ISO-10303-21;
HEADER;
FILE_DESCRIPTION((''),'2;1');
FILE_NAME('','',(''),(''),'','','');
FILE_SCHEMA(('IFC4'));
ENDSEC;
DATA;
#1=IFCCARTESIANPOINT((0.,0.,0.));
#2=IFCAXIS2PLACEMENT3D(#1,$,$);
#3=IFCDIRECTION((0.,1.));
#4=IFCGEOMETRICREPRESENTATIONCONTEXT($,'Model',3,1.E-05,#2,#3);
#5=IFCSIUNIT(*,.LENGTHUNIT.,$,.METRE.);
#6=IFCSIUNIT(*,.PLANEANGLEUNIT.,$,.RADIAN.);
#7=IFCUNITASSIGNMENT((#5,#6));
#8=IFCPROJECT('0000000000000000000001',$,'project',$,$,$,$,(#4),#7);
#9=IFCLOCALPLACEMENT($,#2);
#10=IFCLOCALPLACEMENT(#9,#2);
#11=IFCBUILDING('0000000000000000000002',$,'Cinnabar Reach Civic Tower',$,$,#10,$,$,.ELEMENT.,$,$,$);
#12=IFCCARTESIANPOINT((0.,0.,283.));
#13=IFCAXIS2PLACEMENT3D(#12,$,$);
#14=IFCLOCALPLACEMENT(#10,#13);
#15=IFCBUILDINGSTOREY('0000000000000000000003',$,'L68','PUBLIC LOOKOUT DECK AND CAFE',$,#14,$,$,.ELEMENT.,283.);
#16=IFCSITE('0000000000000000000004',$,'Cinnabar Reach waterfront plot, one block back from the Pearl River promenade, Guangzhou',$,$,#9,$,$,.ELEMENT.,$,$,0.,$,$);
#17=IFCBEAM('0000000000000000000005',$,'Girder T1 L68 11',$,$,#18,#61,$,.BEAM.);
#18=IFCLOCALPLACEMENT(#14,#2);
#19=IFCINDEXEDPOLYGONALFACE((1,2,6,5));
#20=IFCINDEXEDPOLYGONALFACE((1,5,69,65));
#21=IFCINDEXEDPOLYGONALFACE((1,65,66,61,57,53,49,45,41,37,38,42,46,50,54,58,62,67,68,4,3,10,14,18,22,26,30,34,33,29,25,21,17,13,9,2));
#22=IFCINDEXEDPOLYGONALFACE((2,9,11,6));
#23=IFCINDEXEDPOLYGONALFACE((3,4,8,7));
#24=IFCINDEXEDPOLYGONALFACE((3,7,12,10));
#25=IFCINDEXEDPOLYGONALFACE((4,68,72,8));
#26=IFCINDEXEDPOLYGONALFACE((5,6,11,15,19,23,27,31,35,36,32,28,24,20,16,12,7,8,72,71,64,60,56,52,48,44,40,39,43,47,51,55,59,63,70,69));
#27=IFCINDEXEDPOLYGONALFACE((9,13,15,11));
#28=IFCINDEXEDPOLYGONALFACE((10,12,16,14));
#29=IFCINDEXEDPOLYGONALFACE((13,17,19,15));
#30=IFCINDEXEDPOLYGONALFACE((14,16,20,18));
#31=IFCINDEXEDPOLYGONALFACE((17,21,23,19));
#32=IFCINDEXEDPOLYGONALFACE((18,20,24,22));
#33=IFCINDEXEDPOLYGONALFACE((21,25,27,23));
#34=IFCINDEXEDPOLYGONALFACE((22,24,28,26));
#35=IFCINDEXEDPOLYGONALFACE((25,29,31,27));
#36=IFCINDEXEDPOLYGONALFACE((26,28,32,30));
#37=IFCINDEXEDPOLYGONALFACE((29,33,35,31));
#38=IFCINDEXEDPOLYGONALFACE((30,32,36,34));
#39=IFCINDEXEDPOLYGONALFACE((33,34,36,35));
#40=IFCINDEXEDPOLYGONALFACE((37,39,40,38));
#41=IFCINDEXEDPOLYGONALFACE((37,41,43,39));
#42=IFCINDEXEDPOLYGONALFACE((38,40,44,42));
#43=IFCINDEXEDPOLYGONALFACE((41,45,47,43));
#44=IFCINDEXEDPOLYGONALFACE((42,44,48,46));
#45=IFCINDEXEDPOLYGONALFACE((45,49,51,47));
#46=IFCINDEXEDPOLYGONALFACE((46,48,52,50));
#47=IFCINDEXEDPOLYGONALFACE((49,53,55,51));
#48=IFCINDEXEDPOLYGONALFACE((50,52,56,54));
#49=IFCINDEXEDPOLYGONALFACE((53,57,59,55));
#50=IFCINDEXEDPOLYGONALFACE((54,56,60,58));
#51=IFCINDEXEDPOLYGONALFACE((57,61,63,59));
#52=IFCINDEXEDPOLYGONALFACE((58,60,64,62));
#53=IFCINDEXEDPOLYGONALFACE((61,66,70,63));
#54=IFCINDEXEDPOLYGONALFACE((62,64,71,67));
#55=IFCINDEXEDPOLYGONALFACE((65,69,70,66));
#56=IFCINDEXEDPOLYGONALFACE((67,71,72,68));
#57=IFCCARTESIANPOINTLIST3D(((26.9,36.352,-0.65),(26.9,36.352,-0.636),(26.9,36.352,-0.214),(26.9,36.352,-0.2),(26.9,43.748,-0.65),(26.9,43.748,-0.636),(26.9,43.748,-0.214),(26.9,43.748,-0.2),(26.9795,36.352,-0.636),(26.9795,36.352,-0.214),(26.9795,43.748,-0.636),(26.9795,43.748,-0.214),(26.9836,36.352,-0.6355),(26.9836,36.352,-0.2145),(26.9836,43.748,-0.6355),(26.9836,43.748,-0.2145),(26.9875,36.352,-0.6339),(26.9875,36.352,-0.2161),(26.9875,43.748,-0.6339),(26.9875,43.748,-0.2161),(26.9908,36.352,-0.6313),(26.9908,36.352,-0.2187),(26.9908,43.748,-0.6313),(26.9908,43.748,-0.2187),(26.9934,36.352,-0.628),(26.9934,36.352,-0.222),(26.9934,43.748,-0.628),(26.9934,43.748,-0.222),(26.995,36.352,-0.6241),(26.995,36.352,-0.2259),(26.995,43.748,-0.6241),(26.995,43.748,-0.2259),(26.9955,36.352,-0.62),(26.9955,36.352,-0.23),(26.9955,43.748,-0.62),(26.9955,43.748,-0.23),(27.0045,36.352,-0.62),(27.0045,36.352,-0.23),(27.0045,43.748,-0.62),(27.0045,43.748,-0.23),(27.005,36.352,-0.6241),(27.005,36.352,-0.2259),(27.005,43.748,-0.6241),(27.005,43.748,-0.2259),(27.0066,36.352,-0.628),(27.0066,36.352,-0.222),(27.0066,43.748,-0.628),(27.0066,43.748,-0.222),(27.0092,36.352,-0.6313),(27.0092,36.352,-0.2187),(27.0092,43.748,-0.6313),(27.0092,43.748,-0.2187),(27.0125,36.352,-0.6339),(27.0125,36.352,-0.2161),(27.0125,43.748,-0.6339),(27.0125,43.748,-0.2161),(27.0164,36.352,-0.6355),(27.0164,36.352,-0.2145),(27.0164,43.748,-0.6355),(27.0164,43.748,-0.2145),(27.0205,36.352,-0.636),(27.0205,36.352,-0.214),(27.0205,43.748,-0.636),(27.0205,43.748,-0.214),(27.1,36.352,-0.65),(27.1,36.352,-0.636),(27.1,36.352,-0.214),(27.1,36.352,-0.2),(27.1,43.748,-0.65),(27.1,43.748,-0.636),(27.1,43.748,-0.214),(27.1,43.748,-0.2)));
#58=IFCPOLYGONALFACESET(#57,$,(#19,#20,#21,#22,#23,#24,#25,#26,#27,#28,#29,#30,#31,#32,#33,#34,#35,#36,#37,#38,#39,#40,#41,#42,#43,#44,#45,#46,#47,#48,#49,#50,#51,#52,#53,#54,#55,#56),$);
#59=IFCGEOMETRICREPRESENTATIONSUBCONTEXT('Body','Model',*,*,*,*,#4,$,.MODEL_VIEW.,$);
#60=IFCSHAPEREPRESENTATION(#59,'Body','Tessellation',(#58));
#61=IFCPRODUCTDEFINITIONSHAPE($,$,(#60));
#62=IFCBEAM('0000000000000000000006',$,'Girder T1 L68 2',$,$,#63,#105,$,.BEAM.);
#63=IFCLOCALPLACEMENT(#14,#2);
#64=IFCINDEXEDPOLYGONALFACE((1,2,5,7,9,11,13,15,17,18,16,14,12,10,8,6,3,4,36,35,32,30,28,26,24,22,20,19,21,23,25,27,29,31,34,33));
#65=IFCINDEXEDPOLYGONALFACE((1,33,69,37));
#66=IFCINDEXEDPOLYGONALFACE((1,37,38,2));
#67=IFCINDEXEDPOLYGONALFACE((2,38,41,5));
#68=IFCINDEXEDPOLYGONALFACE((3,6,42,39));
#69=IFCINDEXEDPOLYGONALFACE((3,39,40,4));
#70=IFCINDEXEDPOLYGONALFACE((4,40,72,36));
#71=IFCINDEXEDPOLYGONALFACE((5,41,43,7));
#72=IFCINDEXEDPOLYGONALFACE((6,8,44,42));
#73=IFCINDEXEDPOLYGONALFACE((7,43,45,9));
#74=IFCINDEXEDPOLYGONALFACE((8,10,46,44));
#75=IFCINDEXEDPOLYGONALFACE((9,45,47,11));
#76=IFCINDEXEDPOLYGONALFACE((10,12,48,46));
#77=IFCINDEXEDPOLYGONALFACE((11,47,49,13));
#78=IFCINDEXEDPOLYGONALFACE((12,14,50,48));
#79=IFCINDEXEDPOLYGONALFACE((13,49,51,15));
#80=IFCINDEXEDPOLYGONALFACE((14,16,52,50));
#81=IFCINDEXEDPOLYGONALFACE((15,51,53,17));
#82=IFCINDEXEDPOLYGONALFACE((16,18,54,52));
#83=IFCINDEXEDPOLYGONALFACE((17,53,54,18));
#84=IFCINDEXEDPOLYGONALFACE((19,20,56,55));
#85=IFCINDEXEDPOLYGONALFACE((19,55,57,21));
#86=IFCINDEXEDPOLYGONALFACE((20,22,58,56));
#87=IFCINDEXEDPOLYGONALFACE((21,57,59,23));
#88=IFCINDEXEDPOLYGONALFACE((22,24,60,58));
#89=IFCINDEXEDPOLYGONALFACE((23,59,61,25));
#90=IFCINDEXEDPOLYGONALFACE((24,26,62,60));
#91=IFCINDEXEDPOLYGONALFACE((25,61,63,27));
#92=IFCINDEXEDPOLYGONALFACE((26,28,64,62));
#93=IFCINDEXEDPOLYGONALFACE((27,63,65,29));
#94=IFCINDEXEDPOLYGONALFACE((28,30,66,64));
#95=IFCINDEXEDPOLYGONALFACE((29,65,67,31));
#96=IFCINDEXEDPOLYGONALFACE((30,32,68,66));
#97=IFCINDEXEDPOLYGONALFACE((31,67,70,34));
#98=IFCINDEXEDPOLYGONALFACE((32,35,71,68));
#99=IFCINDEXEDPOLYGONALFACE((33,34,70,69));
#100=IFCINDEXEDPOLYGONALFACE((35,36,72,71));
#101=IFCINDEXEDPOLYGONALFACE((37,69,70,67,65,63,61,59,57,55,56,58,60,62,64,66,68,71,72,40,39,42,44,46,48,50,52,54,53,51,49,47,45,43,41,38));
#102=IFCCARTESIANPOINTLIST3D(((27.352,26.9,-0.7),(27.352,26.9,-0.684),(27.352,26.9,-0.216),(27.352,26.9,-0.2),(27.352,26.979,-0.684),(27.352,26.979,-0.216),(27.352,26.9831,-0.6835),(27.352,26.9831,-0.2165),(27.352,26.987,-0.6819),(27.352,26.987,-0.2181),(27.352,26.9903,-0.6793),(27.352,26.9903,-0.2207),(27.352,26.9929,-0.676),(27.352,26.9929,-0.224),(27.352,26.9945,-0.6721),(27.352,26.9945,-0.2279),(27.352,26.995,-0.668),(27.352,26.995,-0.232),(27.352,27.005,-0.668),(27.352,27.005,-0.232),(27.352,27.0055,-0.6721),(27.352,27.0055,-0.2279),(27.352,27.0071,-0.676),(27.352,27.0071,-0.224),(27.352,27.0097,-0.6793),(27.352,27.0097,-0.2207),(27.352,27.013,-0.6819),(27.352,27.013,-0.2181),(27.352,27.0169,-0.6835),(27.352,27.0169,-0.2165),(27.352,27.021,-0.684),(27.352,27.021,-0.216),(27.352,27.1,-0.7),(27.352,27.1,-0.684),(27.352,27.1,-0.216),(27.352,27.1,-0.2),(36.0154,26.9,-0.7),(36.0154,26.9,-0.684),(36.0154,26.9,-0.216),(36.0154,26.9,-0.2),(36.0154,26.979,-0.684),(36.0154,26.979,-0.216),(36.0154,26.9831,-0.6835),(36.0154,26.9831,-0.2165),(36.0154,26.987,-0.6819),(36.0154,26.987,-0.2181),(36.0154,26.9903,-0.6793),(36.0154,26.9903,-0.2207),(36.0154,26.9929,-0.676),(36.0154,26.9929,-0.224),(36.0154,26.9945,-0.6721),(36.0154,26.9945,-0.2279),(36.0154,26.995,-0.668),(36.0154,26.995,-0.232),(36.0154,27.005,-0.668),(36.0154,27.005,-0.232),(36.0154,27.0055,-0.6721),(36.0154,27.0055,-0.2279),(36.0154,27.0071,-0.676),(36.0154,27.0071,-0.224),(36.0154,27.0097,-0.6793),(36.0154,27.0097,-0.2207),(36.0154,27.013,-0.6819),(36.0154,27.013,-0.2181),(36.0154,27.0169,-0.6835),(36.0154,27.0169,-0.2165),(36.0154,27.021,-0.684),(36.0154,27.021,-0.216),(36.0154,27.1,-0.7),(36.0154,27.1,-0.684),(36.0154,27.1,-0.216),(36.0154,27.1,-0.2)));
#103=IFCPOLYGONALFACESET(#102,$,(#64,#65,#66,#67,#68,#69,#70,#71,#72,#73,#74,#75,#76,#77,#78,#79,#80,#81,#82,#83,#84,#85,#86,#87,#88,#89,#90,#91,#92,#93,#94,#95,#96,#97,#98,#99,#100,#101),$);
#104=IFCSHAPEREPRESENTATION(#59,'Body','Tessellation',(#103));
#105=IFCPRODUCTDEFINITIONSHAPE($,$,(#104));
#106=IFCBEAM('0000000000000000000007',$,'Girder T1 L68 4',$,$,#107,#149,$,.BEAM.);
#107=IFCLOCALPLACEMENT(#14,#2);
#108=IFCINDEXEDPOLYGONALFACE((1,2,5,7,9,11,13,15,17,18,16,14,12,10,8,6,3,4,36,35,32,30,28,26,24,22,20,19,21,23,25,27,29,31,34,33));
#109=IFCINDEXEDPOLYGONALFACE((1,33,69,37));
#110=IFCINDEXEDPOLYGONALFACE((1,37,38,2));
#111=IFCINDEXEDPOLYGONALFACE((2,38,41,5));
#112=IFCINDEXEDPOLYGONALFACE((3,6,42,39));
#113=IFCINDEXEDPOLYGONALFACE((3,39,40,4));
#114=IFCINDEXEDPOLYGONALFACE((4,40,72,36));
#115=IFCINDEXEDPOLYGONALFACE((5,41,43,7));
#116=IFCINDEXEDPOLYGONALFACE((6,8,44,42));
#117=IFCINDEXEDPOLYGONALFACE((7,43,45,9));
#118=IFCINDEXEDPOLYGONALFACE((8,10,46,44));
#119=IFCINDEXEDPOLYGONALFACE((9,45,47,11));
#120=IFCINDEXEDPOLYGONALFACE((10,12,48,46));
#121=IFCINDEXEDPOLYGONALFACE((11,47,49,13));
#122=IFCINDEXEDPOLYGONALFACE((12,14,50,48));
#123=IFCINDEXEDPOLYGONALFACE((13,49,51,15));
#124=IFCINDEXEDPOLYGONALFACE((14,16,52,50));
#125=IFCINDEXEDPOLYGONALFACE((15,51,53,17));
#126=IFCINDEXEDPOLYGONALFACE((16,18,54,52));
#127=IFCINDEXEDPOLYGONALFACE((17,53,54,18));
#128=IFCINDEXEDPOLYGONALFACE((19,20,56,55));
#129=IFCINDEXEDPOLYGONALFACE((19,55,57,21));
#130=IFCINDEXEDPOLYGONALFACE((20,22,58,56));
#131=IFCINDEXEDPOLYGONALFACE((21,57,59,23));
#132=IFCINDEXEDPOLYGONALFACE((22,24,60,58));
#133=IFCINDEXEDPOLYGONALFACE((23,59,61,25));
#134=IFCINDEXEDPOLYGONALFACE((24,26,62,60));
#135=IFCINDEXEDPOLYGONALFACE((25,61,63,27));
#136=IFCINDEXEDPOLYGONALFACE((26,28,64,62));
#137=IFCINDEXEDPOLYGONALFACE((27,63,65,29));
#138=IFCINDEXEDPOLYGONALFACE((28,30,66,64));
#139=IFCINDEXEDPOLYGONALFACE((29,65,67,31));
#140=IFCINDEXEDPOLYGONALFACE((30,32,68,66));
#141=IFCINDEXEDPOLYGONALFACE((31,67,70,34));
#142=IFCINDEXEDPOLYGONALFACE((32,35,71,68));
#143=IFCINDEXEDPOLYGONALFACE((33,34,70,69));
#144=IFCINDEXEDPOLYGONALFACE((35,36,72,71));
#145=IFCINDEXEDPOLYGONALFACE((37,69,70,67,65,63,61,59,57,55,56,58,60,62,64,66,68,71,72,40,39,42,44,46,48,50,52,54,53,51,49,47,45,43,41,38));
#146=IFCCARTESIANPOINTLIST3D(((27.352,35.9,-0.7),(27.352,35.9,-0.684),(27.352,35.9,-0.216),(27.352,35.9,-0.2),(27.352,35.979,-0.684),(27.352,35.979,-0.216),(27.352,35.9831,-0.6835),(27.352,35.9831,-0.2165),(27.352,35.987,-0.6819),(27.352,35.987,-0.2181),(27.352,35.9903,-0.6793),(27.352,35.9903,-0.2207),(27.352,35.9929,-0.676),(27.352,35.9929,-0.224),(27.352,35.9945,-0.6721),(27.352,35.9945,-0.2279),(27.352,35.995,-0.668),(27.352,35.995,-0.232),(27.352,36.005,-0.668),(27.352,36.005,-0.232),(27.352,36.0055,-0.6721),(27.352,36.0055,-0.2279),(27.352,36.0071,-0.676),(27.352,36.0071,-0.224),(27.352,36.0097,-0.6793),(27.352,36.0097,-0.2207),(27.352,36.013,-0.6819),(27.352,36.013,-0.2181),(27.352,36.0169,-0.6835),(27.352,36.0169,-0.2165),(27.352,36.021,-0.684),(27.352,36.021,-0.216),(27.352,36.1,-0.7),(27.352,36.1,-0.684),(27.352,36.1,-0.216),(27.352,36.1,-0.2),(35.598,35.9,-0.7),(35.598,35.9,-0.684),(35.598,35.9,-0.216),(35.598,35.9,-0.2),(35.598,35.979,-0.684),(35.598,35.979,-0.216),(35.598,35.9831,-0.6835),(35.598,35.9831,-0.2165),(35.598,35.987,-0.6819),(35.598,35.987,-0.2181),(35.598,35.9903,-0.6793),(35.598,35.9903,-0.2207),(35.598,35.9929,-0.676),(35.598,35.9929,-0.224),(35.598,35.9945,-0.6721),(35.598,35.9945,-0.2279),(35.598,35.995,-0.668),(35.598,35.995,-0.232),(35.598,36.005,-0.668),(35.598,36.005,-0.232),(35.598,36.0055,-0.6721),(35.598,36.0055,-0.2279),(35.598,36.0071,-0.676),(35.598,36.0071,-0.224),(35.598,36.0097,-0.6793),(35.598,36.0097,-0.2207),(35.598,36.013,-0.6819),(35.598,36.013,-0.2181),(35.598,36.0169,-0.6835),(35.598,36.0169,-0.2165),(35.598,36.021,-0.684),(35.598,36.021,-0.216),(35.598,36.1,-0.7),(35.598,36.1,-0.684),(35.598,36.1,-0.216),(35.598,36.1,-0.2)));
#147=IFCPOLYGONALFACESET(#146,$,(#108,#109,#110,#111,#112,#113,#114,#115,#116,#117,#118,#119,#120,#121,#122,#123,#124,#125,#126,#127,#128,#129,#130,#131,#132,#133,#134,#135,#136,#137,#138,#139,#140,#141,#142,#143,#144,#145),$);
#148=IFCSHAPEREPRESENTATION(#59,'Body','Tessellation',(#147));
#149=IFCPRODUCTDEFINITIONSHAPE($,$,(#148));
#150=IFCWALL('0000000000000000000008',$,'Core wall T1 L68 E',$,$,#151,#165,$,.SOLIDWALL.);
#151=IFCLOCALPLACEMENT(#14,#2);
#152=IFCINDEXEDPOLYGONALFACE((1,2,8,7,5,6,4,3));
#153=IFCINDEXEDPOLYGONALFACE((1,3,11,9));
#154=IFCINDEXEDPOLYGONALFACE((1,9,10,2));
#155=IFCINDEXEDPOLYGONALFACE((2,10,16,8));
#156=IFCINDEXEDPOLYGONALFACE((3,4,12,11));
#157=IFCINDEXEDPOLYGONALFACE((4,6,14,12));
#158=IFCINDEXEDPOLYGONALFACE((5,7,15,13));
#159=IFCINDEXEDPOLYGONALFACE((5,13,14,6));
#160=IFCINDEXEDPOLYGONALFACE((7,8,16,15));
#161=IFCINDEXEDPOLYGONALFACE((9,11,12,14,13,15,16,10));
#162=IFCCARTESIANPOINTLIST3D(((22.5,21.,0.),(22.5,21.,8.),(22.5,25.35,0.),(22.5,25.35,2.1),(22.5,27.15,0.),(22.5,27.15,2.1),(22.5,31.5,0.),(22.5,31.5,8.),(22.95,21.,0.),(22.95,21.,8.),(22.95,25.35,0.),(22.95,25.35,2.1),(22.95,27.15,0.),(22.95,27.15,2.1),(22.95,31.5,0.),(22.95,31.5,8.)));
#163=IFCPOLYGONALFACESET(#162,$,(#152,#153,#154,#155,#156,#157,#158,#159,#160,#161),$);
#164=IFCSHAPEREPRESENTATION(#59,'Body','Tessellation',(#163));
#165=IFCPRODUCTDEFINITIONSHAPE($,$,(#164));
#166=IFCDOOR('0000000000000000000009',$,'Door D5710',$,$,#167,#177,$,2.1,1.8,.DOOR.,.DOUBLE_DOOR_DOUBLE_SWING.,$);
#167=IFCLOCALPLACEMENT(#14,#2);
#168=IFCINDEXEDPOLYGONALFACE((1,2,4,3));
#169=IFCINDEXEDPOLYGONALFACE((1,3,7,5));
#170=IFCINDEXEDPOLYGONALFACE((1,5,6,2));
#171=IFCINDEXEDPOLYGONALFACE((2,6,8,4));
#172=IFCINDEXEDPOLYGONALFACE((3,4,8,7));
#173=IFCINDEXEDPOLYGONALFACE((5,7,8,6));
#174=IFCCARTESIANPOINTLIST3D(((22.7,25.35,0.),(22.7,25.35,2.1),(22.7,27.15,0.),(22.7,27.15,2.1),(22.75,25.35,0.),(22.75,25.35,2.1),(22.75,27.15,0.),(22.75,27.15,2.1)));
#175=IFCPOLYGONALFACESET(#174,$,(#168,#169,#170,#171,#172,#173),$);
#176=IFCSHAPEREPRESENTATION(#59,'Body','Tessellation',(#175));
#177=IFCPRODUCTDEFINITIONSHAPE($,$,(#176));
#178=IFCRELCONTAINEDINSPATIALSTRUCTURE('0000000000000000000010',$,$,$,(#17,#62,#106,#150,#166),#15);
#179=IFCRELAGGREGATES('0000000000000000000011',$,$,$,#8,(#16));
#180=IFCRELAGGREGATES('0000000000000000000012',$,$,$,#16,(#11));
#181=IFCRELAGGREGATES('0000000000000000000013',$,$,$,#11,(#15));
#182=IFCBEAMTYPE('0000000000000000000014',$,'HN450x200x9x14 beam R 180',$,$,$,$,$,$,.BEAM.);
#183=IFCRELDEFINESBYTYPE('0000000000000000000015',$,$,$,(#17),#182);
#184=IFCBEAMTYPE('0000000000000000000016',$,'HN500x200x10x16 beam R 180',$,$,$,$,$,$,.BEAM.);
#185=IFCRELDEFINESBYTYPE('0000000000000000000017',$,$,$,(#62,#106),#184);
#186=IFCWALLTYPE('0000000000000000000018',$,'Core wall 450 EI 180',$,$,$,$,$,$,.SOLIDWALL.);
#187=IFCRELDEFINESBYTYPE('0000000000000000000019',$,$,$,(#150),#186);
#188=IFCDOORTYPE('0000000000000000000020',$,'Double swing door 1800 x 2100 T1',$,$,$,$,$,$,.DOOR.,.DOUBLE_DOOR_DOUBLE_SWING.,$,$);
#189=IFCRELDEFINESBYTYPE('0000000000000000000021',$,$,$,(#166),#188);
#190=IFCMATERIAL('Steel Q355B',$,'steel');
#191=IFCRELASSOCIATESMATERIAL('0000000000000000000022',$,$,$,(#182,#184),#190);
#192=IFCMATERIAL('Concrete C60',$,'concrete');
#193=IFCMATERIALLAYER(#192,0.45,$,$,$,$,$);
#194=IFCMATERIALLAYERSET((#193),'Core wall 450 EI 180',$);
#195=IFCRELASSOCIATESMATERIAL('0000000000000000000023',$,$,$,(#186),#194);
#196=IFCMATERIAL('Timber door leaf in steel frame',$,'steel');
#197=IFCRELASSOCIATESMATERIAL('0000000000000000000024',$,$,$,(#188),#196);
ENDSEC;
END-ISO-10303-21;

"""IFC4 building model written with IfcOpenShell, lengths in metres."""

from ifc_helpers import new_model, si_unit, direction, frame, frame_2d, origin, origin_2d, place, context, subcontext, project, spatial, rectangle, i_section, extrude, material, layer, layer_set, material_profile, profile_set, type_object, element, fill, save


model = new_model("IFC4")

# Units and contexts
model_context = context("Model", 3, precision=1e-05, world=origin(), true_north=direction((0.0, 1.0)))
body_context = subcontext(model_context, "Body", "Model", "MODEL_VIEW")
ifc_project = project(units=[si_unit("LENGTHUNIT", "METRE"), si_unit("PLANEANGLEUNIT", "RADIAN")], contexts=[model_context])

# Site, building, storey
site_placement = place(None, origin())
site = spatial("IfcSite", under=ifc_project, at=site_placement, Name="Cinnabar Reach waterfront plot, one block back from the Pearl River promenade, Guangzhou", CompositionType="ELEMENT", RefElevation=0.0)
building_placement = place(site_placement, origin())
building = spatial("IfcBuilding", under=site, at=building_placement, Name="Cinnabar Reach Civic Tower", CompositionType="ELEMENT")
storey_placement = place(building_placement, frame((0.0, 0.0, 283.0)))
storey = spatial("IfcBuildingStorey", under=building, at=storey_placement, Name="L68", Description="PUBLIC LOOKOUT DECK AND CAFE", CompositionType="ELEMENT", Elevation=283.0)

# Shared definitions
ifc_material_1 = material(Name="Concrete C60", Category="concrete")

# Beams
ifc_material_2 = material(Name="Steel Q355B", Category="steel")
ifc_material_profile_1 = material_profile(ifc_material_2, i_section(OverallWidth=0.2, OverallDepth=0.45, WebThickness=0.009, FlangeThickness=0.014, FilletRadius=0.016, at=origin_2d()), Name="HN450x200x9x14")
ifc_profile_set_1 = profile_set([ifc_material_profile_1], Name="Steel Q355B")
beam_type_1 = type_object("IfcBeamType", Name="HN450x200x9x14 beam R 180", PredefinedType="BEAM", material=ifc_profile_set_1)
beam_1_placement = place(storey_placement, frame((27.0, 36.352, -0.425), z_axis=(0.0, 1.0, 0.0), x_axis=(-1.0, 0.0, 0.0)))
element("IfcBeam", 1, at=beam_1_placement, inside=storey, type_object=beam_type_1, Name="Girder T1 L68 11", PredefinedType="BEAM", context=body_context, shape_type="SweptSolid", body=[
    extrude(i_section(OverallWidth=0.2, OverallDepth=0.45, WebThickness=0.009, FlangeThickness=0.014, FilletRadius=0.016, at=origin_2d()), origin(), (0.0, 0.0, 1.0), 7.396),
])
ifc_material_profile_2 = material_profile(ifc_material_2, i_section(OverallWidth=0.2, OverallDepth=0.5, WebThickness=0.01, FlangeThickness=0.016, FilletRadius=0.016, at=origin_2d()), Name="HN500x200x10x16")
ifc_profile_set_2 = profile_set([ifc_material_profile_2], Name="Steel Q355B")
beam_type_2 = type_object("IfcBeamType", Name="HN500x200x10x16 beam R 180", PredefinedType="BEAM", material=ifc_profile_set_2)
beam_2_placement = place(storey_placement, frame((27.352, 27.0, -0.45), z_axis=(1.0, 0.0, 0.0), x_axis=(0.0, 1.0, 0.0)))
element("IfcBeam", 2, at=beam_2_placement, inside=storey, type_object=beam_type_2, Name="Girder T1 L68 2", PredefinedType="BEAM", context=body_context, shape_type="SweptSolid", body=[
    extrude(i_section(OverallWidth=0.2, OverallDepth=0.5, WebThickness=0.01, FlangeThickness=0.016, FilletRadius=0.016, at=origin_2d()), origin(), (0.0, 0.0, 1.0), 8.6634),
])
beam_3_placement = place(storey_placement, frame((27.352, 36.0, -0.45), z_axis=(1.0, 0.0, 0.0), x_axis=(0.0, 1.0, 0.0)))
element("IfcBeam", 3, at=beam_3_placement, inside=storey, type_object=beam_type_2, Name="Girder T1 L68 4", PredefinedType="BEAM", context=body_context, shape_type="SweptSolid", body=[
    extrude(i_section(OverallWidth=0.2, OverallDepth=0.5, WebThickness=0.01, FlangeThickness=0.016, FilletRadius=0.016, at=origin_2d()), origin(), (0.0, 0.0, 1.0), 8.246),
])

# Wall, opening, door
ifc_layer_1 = layer(ifc_material_1, 0.45)
ifc_layer_set_1 = layer_set([ifc_layer_1], Name="Core wall 450 EI 180")
wall_type_1 = type_object("IfcWallType", Name="Core wall 450 EI 180", PredefinedType="SOLIDWALL", material=ifc_layer_set_1)
wall_1_placement = place(storey_placement, frame((22.725, 21.0, 0.0), z_axis=(0.0, 0.0, 1.0), x_axis=(0.0, 1.0, 0.0)))
wall_1 = element("IfcWall", 4, at=wall_1_placement, inside=storey, type_object=wall_type_1, Name="Core wall T1 L68 E", PredefinedType="SOLIDWALL", context=body_context, shape_type="SweptSolid", body=[
    extrude(rectangle(XDim=10.5, YDim=0.45, at=frame_2d((5.25, 0.0))), origin(), (0.0, 0.0, 1.0), 8.0),
])
opening_1_placement = place(wall_1_placement, frame((4.35, 0.0, 0.0)))
opening_1 = element("IfcOpeningElement", 5, at=opening_1_placement, cuts=wall_1, PredefinedType="OPENING", context=body_context, shape_type="SweptSolid", body=[
    extrude(rectangle(XDim=1.8, YDim=2.1, at=frame_2d((0.9, 1.05))), frame((0.0, 0.235, 0.0), z_axis=(0.0, -1.0, 0.0), x_axis=(1.0, 0.0, 0.0)), (0.0, 0.0, 1.0), 0.47),
])
ifc_material_3 = material(Name="Timber door leaf in steel frame", Category="steel")
door_type_1 = type_object("IfcDoorType", Name="Double swing door 1800 x 2100 T1", OperationType="DOUBLE_DOOR_DOUBLE_SWING", PredefinedType="DOOR", material=ifc_material_3)
door_1_placement = place(opening_1_placement, origin())
door_1 = element("IfcDoor", 6, at=door_1_placement, inside=storey, type_object=door_type_1, Name="Door D5710", OperationType="DOUBLE_DOOR_DOUBLE_SWING", OverallHeight=2.1, OverallWidth=1.8, PredefinedType="DOOR", context=body_context, shape_type="SweptSolid", body=[
    extrude(rectangle(XDim=1.8, YDim=2.1, at=frame_2d((0.9, 1.05))), frame((0.0, 0.025, 0.0), z_axis=(0.0, -1.0, 0.0), x_axis=(1.0, 0.0, 0.0)), (0.0, 0.0, 1.0), 0.05),
])
fill(opening_1, door_1)

save(model, "model.ifc")
